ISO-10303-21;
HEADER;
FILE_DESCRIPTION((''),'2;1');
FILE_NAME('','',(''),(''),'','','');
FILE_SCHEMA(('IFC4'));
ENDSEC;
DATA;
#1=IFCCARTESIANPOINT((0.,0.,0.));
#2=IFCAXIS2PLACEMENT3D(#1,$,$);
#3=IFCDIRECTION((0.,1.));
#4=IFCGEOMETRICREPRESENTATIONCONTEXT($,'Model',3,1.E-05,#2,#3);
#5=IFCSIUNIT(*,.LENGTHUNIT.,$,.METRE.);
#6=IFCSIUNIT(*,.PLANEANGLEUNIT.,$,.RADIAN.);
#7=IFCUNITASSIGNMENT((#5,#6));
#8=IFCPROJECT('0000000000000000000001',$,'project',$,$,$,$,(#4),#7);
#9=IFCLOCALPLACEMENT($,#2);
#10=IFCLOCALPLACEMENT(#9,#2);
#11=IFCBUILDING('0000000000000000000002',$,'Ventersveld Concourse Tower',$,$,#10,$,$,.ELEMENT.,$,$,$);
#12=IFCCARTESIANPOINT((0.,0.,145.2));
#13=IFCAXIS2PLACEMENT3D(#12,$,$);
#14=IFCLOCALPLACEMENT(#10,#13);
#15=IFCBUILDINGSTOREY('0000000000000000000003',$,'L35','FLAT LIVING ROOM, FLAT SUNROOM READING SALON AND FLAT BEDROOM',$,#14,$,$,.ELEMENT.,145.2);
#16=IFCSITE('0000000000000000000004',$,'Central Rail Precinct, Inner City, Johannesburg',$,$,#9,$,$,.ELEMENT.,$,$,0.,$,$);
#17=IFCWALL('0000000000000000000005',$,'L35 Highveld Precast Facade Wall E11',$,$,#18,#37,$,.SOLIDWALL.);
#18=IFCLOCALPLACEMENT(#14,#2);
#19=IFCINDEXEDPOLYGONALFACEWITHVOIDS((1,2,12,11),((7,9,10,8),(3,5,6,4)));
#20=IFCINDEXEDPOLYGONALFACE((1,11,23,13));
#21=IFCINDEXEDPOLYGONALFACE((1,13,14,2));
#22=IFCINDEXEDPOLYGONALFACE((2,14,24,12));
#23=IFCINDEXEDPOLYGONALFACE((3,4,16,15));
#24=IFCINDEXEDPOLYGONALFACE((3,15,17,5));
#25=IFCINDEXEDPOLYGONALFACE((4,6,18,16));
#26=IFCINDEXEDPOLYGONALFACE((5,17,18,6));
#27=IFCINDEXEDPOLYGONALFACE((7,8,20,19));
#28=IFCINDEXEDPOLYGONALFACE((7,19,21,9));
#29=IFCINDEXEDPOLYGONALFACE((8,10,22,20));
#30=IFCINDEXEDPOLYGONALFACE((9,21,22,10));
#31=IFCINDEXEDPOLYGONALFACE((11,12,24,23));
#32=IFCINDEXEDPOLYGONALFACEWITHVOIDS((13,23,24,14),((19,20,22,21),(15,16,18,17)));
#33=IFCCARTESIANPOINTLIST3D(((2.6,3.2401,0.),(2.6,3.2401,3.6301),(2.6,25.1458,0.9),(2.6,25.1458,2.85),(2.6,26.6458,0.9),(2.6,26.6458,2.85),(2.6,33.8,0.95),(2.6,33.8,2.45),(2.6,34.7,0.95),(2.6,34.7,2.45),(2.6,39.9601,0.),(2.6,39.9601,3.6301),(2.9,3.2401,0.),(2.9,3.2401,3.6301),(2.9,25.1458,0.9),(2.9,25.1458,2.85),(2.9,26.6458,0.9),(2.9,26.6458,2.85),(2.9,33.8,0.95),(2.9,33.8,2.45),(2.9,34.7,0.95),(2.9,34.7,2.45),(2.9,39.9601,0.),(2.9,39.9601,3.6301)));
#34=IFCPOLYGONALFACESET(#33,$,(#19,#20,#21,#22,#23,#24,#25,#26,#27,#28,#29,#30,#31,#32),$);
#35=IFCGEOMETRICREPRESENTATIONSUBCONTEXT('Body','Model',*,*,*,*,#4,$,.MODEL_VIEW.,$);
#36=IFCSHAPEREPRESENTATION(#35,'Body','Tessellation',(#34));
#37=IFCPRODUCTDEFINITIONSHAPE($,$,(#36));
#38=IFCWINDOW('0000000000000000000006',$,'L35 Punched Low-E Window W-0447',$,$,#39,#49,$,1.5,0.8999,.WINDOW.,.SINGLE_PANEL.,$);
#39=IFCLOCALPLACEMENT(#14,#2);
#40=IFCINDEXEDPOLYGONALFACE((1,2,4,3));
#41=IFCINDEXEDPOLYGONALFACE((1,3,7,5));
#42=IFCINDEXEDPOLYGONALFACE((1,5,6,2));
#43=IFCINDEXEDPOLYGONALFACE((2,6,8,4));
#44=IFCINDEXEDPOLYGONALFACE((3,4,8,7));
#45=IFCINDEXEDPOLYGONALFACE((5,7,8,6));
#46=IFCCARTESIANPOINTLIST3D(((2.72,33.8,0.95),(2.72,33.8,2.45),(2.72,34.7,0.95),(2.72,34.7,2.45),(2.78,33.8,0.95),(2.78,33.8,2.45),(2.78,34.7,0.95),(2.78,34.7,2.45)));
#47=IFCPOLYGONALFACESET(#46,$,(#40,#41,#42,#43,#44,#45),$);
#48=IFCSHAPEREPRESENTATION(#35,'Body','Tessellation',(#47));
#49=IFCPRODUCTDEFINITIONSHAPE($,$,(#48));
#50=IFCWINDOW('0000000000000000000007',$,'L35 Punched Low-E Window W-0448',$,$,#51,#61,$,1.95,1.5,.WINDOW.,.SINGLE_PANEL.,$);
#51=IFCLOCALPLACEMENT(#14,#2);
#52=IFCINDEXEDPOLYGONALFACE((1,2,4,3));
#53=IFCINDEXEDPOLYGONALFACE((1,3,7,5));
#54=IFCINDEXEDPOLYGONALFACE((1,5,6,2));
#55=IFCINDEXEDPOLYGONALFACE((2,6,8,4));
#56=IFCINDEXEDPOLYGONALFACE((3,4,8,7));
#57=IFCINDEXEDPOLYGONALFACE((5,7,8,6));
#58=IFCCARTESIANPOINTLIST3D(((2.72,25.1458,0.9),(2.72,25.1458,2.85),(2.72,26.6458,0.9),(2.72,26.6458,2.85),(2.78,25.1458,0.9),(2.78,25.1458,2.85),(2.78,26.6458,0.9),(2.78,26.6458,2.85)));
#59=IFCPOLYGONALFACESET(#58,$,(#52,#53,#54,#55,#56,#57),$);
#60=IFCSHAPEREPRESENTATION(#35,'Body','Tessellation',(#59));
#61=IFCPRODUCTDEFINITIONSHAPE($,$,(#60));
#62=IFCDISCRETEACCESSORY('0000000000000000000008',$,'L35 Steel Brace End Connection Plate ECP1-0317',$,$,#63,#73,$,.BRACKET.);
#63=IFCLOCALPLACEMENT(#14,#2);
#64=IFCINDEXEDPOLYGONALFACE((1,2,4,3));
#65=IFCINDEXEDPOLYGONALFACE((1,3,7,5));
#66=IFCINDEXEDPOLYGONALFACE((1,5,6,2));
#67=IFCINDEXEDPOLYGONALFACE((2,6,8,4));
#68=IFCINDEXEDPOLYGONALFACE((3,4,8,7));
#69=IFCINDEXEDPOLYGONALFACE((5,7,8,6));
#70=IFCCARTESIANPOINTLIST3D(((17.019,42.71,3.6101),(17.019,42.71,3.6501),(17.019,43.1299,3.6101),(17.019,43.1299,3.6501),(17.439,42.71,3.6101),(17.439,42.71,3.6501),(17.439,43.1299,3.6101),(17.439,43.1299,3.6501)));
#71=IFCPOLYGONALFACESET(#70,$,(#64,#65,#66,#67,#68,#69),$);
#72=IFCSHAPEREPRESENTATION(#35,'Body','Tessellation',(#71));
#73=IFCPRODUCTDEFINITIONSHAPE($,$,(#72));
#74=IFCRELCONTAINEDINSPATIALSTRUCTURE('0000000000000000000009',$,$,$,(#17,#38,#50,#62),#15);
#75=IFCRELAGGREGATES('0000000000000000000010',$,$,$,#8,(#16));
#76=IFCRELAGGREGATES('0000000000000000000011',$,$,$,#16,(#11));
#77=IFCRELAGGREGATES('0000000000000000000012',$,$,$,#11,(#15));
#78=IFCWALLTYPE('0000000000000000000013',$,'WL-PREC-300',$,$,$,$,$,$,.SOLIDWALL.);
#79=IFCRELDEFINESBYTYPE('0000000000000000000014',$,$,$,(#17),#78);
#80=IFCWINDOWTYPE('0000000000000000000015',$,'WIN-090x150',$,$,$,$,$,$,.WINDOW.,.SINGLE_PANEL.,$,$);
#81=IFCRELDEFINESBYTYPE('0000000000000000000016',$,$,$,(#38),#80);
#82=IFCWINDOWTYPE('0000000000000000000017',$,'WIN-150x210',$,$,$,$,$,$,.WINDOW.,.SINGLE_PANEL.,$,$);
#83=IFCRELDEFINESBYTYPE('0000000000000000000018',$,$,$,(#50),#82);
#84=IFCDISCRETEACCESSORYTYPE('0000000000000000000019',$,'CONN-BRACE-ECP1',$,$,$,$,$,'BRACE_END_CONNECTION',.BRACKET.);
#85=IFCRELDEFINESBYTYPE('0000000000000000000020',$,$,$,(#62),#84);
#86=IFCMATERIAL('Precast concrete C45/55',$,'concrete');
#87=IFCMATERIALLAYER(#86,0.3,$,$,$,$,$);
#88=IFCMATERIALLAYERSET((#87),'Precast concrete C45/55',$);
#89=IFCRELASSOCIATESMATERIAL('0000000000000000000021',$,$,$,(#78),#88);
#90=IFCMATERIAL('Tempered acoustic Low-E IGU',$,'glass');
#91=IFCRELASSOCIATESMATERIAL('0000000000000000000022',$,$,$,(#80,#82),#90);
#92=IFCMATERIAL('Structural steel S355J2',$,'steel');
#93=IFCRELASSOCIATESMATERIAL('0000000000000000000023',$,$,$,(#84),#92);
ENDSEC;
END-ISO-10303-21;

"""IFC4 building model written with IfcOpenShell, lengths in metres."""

from ifc_helpers import new_model, si_unit, direction, frame, frame_2d, origin, origin_2d, place, context, subcontext, project, spatial, rectangle, extrude, material, layer, layer_set, type_object, element, fill, save


model = new_model("IFC4")

# Units and contexts
model_context = context("Model", 3, precision=1e-05, world=origin(), true_north=direction((0.0, 1.0)))
body_context = subcontext(model_context, "Body", "Model", "MODEL_VIEW")
ifc_project = project(units=[si_unit("LENGTHUNIT", "METRE"), si_unit("PLANEANGLEUNIT", "RADIAN")], contexts=[model_context])

# Site, building, storey
site_placement = place(None, origin())
site = spatial("IfcSite", under=ifc_project, at=site_placement, Name="Central Rail Precinct, Inner City, Johannesburg", CompositionType="ELEMENT", RefElevation=0.0)
building_placement = place(site_placement, origin())
building = spatial("IfcBuilding", under=site, at=building_placement, Name="Ventersveld Concourse Tower", CompositionType="ELEMENT")
storey_placement = place(building_placement, frame((0.0, 0.0, 145.2)))
storey = spatial("IfcBuildingStorey", under=building, at=storey_placement, Name="L35", Description="FLAT LIVING ROOM, FLAT SUNROOM READING SALON AND FLAT BEDROOM", CompositionType="ELEMENT", Elevation=145.2)

# Shared definitions
ifc_material_1 = material(Name="Structural steel S355J2", Category="steel")

# Shared definitions
ifc_material_2 = material(Name="Precast concrete C45/55", Category="concrete")
ifc_layer_1 = layer(ifc_material_2, 0.3)
ifc_layer_set_1 = layer_set([ifc_layer_1], Name="Precast concrete C45/55")
wall_type_1 = type_object("IfcWallType", Name="WL-PREC-300", PredefinedType="SOLIDWALL", material=ifc_layer_set_1)

# Wall, openings, windows
wall_1_placement = place(storey_placement, frame((2.75, 39.96, 0.0), z_axis=(0.0, 0.0, 1.0), x_axis=(0.0, -1.0, 0.0)))
wall_1 = element("IfcWall", 1, at=wall_1_placement, inside=storey, type_object=wall_type_1, Name="L35 Highveld Precast Facade Wall E11", PredefinedType="SOLIDWALL", context=body_context, shape_type="SweptSolid", body=[
    extrude(rectangle(XDim=36.72, YDim=0.3, at=frame_2d((18.3599, 0.0))), origin(), (0.0, 0.0, 1.0), 3.6301),
])
opening_1_placement = place(wall_1_placement, frame((5.26, 0.0, 0.95)))
opening_1 = element("IfcOpeningElement", 2, at=opening_1_placement, cuts=wall_1, PredefinedType="OPENING", context=body_context, shape_type="SweptSolid", body=[
    extrude(rectangle(XDim=0.8999, YDim=1.5, at=frame_2d((0.45, 0.75))), frame((0.0, 0.1602, 0.0), z_axis=(0.0, -1.0, 0.0), x_axis=(1.0, 0.0, 0.0)), (0.0, 0.0, 1.0), 0.3201),
])
opening_2_placement = place(wall_1_placement, frame((13.3142, 0.0, 0.8999)))
opening_2 = element("IfcOpeningElement", 3, at=opening_2_placement, cuts=wall_1, PredefinedType="OPENING", context=body_context, shape_type="SweptSolid", body=[
    extrude(rectangle(XDim=1.5, YDim=1.95, at=frame_2d((0.75, 0.9751))), frame((0.0, 0.1602, 0.0), z_axis=(0.0, -1.0, 0.0), x_axis=(1.0, 0.0, 0.0)), (0.0, 0.0, 1.0), 0.3201),
])
ifc_material_3 = material(Name="Tempered acoustic Low-E IGU", Category="glass")
window_type_1 = type_object("IfcWindowType", Name="WIN-090x150", PartitioningType="SINGLE_PANEL", PredefinedType="WINDOW", material=ifc_material_3)
window_1_placement = place(opening_1_placement, origin())
window_1 = element("IfcWindow", 4, at=window_1_placement, inside=storey, type_object=window_type_1, Name="L35 Punched Low-E Window W-0447", OverallHeight=1.5, OverallWidth=0.8999, PartitioningType="SINGLE_PANEL", PredefinedType="WINDOW", context=body_context, shape_type="SweptSolid", body=[
    extrude(rectangle(XDim=0.8999, YDim=1.5, at=frame_2d((0.45, 0.75))), frame((0.0, 0.03, 0.0), z_axis=(0.0, -1.0, 0.0), x_axis=(1.0, 0.0, 0.0)), (0.0, 0.0, 1.0), 0.0601),
])
fill(opening_1, window_1)
window_type_2 = type_object("IfcWindowType", Name="WIN-150x210", PartitioningType="SINGLE_PANEL", PredefinedType="WINDOW", material=ifc_material_3)
window_2_placement = place(opening_2_placement, origin())
window_2 = element("IfcWindow", 5, at=window_2_placement, inside=storey, type_object=window_type_2, Name="L35 Punched Low-E Window W-0448", OverallHeight=1.95, OverallWidth=1.5, PartitioningType="SINGLE_PANEL", PredefinedType="WINDOW", context=body_context, shape_type="SweptSolid", body=[
    extrude(rectangle(XDim=1.5, YDim=1.95, at=frame_2d((0.75, 0.9751))), frame((0.0, 0.03, 0.0), z_axis=(0.0, -1.0, 0.0), x_axis=(1.0, 0.0, 0.0)), (0.0, 0.0, 1.0), 0.0601),
])
fill(opening_2, window_2)

# Discrete accessory
discrete_accessory_type = type_object("IfcDiscreteAccessoryType", Name="CONN-BRACE-ECP1", ElementType="BRACE_END_CONNECTION", PredefinedType="BRACKET", material=ifc_material_1)
discrete_accessory_placement = place(storey_placement, frame((17.229, 42.9199, 3.6101), z_axis=(0.0, 0.0, 1.0), x_axis=(1.0, 0.0, 0.0)))
element("IfcDiscreteAccessory", 6, at=discrete_accessory_placement, inside=storey, type_object=discrete_accessory_type, Name="L35 Steel Brace End Connection Plate ECP1-0317", PredefinedType="BRACKET", context=body_context, shape_type="SweptSolid", body=[
    extrude(rectangle(XDim=0.4199, YDim=0.4199, at=origin_2d()), origin(), (0.0, 0.0, 1.0), 0.04),
])

save(model, "model.ifc")
